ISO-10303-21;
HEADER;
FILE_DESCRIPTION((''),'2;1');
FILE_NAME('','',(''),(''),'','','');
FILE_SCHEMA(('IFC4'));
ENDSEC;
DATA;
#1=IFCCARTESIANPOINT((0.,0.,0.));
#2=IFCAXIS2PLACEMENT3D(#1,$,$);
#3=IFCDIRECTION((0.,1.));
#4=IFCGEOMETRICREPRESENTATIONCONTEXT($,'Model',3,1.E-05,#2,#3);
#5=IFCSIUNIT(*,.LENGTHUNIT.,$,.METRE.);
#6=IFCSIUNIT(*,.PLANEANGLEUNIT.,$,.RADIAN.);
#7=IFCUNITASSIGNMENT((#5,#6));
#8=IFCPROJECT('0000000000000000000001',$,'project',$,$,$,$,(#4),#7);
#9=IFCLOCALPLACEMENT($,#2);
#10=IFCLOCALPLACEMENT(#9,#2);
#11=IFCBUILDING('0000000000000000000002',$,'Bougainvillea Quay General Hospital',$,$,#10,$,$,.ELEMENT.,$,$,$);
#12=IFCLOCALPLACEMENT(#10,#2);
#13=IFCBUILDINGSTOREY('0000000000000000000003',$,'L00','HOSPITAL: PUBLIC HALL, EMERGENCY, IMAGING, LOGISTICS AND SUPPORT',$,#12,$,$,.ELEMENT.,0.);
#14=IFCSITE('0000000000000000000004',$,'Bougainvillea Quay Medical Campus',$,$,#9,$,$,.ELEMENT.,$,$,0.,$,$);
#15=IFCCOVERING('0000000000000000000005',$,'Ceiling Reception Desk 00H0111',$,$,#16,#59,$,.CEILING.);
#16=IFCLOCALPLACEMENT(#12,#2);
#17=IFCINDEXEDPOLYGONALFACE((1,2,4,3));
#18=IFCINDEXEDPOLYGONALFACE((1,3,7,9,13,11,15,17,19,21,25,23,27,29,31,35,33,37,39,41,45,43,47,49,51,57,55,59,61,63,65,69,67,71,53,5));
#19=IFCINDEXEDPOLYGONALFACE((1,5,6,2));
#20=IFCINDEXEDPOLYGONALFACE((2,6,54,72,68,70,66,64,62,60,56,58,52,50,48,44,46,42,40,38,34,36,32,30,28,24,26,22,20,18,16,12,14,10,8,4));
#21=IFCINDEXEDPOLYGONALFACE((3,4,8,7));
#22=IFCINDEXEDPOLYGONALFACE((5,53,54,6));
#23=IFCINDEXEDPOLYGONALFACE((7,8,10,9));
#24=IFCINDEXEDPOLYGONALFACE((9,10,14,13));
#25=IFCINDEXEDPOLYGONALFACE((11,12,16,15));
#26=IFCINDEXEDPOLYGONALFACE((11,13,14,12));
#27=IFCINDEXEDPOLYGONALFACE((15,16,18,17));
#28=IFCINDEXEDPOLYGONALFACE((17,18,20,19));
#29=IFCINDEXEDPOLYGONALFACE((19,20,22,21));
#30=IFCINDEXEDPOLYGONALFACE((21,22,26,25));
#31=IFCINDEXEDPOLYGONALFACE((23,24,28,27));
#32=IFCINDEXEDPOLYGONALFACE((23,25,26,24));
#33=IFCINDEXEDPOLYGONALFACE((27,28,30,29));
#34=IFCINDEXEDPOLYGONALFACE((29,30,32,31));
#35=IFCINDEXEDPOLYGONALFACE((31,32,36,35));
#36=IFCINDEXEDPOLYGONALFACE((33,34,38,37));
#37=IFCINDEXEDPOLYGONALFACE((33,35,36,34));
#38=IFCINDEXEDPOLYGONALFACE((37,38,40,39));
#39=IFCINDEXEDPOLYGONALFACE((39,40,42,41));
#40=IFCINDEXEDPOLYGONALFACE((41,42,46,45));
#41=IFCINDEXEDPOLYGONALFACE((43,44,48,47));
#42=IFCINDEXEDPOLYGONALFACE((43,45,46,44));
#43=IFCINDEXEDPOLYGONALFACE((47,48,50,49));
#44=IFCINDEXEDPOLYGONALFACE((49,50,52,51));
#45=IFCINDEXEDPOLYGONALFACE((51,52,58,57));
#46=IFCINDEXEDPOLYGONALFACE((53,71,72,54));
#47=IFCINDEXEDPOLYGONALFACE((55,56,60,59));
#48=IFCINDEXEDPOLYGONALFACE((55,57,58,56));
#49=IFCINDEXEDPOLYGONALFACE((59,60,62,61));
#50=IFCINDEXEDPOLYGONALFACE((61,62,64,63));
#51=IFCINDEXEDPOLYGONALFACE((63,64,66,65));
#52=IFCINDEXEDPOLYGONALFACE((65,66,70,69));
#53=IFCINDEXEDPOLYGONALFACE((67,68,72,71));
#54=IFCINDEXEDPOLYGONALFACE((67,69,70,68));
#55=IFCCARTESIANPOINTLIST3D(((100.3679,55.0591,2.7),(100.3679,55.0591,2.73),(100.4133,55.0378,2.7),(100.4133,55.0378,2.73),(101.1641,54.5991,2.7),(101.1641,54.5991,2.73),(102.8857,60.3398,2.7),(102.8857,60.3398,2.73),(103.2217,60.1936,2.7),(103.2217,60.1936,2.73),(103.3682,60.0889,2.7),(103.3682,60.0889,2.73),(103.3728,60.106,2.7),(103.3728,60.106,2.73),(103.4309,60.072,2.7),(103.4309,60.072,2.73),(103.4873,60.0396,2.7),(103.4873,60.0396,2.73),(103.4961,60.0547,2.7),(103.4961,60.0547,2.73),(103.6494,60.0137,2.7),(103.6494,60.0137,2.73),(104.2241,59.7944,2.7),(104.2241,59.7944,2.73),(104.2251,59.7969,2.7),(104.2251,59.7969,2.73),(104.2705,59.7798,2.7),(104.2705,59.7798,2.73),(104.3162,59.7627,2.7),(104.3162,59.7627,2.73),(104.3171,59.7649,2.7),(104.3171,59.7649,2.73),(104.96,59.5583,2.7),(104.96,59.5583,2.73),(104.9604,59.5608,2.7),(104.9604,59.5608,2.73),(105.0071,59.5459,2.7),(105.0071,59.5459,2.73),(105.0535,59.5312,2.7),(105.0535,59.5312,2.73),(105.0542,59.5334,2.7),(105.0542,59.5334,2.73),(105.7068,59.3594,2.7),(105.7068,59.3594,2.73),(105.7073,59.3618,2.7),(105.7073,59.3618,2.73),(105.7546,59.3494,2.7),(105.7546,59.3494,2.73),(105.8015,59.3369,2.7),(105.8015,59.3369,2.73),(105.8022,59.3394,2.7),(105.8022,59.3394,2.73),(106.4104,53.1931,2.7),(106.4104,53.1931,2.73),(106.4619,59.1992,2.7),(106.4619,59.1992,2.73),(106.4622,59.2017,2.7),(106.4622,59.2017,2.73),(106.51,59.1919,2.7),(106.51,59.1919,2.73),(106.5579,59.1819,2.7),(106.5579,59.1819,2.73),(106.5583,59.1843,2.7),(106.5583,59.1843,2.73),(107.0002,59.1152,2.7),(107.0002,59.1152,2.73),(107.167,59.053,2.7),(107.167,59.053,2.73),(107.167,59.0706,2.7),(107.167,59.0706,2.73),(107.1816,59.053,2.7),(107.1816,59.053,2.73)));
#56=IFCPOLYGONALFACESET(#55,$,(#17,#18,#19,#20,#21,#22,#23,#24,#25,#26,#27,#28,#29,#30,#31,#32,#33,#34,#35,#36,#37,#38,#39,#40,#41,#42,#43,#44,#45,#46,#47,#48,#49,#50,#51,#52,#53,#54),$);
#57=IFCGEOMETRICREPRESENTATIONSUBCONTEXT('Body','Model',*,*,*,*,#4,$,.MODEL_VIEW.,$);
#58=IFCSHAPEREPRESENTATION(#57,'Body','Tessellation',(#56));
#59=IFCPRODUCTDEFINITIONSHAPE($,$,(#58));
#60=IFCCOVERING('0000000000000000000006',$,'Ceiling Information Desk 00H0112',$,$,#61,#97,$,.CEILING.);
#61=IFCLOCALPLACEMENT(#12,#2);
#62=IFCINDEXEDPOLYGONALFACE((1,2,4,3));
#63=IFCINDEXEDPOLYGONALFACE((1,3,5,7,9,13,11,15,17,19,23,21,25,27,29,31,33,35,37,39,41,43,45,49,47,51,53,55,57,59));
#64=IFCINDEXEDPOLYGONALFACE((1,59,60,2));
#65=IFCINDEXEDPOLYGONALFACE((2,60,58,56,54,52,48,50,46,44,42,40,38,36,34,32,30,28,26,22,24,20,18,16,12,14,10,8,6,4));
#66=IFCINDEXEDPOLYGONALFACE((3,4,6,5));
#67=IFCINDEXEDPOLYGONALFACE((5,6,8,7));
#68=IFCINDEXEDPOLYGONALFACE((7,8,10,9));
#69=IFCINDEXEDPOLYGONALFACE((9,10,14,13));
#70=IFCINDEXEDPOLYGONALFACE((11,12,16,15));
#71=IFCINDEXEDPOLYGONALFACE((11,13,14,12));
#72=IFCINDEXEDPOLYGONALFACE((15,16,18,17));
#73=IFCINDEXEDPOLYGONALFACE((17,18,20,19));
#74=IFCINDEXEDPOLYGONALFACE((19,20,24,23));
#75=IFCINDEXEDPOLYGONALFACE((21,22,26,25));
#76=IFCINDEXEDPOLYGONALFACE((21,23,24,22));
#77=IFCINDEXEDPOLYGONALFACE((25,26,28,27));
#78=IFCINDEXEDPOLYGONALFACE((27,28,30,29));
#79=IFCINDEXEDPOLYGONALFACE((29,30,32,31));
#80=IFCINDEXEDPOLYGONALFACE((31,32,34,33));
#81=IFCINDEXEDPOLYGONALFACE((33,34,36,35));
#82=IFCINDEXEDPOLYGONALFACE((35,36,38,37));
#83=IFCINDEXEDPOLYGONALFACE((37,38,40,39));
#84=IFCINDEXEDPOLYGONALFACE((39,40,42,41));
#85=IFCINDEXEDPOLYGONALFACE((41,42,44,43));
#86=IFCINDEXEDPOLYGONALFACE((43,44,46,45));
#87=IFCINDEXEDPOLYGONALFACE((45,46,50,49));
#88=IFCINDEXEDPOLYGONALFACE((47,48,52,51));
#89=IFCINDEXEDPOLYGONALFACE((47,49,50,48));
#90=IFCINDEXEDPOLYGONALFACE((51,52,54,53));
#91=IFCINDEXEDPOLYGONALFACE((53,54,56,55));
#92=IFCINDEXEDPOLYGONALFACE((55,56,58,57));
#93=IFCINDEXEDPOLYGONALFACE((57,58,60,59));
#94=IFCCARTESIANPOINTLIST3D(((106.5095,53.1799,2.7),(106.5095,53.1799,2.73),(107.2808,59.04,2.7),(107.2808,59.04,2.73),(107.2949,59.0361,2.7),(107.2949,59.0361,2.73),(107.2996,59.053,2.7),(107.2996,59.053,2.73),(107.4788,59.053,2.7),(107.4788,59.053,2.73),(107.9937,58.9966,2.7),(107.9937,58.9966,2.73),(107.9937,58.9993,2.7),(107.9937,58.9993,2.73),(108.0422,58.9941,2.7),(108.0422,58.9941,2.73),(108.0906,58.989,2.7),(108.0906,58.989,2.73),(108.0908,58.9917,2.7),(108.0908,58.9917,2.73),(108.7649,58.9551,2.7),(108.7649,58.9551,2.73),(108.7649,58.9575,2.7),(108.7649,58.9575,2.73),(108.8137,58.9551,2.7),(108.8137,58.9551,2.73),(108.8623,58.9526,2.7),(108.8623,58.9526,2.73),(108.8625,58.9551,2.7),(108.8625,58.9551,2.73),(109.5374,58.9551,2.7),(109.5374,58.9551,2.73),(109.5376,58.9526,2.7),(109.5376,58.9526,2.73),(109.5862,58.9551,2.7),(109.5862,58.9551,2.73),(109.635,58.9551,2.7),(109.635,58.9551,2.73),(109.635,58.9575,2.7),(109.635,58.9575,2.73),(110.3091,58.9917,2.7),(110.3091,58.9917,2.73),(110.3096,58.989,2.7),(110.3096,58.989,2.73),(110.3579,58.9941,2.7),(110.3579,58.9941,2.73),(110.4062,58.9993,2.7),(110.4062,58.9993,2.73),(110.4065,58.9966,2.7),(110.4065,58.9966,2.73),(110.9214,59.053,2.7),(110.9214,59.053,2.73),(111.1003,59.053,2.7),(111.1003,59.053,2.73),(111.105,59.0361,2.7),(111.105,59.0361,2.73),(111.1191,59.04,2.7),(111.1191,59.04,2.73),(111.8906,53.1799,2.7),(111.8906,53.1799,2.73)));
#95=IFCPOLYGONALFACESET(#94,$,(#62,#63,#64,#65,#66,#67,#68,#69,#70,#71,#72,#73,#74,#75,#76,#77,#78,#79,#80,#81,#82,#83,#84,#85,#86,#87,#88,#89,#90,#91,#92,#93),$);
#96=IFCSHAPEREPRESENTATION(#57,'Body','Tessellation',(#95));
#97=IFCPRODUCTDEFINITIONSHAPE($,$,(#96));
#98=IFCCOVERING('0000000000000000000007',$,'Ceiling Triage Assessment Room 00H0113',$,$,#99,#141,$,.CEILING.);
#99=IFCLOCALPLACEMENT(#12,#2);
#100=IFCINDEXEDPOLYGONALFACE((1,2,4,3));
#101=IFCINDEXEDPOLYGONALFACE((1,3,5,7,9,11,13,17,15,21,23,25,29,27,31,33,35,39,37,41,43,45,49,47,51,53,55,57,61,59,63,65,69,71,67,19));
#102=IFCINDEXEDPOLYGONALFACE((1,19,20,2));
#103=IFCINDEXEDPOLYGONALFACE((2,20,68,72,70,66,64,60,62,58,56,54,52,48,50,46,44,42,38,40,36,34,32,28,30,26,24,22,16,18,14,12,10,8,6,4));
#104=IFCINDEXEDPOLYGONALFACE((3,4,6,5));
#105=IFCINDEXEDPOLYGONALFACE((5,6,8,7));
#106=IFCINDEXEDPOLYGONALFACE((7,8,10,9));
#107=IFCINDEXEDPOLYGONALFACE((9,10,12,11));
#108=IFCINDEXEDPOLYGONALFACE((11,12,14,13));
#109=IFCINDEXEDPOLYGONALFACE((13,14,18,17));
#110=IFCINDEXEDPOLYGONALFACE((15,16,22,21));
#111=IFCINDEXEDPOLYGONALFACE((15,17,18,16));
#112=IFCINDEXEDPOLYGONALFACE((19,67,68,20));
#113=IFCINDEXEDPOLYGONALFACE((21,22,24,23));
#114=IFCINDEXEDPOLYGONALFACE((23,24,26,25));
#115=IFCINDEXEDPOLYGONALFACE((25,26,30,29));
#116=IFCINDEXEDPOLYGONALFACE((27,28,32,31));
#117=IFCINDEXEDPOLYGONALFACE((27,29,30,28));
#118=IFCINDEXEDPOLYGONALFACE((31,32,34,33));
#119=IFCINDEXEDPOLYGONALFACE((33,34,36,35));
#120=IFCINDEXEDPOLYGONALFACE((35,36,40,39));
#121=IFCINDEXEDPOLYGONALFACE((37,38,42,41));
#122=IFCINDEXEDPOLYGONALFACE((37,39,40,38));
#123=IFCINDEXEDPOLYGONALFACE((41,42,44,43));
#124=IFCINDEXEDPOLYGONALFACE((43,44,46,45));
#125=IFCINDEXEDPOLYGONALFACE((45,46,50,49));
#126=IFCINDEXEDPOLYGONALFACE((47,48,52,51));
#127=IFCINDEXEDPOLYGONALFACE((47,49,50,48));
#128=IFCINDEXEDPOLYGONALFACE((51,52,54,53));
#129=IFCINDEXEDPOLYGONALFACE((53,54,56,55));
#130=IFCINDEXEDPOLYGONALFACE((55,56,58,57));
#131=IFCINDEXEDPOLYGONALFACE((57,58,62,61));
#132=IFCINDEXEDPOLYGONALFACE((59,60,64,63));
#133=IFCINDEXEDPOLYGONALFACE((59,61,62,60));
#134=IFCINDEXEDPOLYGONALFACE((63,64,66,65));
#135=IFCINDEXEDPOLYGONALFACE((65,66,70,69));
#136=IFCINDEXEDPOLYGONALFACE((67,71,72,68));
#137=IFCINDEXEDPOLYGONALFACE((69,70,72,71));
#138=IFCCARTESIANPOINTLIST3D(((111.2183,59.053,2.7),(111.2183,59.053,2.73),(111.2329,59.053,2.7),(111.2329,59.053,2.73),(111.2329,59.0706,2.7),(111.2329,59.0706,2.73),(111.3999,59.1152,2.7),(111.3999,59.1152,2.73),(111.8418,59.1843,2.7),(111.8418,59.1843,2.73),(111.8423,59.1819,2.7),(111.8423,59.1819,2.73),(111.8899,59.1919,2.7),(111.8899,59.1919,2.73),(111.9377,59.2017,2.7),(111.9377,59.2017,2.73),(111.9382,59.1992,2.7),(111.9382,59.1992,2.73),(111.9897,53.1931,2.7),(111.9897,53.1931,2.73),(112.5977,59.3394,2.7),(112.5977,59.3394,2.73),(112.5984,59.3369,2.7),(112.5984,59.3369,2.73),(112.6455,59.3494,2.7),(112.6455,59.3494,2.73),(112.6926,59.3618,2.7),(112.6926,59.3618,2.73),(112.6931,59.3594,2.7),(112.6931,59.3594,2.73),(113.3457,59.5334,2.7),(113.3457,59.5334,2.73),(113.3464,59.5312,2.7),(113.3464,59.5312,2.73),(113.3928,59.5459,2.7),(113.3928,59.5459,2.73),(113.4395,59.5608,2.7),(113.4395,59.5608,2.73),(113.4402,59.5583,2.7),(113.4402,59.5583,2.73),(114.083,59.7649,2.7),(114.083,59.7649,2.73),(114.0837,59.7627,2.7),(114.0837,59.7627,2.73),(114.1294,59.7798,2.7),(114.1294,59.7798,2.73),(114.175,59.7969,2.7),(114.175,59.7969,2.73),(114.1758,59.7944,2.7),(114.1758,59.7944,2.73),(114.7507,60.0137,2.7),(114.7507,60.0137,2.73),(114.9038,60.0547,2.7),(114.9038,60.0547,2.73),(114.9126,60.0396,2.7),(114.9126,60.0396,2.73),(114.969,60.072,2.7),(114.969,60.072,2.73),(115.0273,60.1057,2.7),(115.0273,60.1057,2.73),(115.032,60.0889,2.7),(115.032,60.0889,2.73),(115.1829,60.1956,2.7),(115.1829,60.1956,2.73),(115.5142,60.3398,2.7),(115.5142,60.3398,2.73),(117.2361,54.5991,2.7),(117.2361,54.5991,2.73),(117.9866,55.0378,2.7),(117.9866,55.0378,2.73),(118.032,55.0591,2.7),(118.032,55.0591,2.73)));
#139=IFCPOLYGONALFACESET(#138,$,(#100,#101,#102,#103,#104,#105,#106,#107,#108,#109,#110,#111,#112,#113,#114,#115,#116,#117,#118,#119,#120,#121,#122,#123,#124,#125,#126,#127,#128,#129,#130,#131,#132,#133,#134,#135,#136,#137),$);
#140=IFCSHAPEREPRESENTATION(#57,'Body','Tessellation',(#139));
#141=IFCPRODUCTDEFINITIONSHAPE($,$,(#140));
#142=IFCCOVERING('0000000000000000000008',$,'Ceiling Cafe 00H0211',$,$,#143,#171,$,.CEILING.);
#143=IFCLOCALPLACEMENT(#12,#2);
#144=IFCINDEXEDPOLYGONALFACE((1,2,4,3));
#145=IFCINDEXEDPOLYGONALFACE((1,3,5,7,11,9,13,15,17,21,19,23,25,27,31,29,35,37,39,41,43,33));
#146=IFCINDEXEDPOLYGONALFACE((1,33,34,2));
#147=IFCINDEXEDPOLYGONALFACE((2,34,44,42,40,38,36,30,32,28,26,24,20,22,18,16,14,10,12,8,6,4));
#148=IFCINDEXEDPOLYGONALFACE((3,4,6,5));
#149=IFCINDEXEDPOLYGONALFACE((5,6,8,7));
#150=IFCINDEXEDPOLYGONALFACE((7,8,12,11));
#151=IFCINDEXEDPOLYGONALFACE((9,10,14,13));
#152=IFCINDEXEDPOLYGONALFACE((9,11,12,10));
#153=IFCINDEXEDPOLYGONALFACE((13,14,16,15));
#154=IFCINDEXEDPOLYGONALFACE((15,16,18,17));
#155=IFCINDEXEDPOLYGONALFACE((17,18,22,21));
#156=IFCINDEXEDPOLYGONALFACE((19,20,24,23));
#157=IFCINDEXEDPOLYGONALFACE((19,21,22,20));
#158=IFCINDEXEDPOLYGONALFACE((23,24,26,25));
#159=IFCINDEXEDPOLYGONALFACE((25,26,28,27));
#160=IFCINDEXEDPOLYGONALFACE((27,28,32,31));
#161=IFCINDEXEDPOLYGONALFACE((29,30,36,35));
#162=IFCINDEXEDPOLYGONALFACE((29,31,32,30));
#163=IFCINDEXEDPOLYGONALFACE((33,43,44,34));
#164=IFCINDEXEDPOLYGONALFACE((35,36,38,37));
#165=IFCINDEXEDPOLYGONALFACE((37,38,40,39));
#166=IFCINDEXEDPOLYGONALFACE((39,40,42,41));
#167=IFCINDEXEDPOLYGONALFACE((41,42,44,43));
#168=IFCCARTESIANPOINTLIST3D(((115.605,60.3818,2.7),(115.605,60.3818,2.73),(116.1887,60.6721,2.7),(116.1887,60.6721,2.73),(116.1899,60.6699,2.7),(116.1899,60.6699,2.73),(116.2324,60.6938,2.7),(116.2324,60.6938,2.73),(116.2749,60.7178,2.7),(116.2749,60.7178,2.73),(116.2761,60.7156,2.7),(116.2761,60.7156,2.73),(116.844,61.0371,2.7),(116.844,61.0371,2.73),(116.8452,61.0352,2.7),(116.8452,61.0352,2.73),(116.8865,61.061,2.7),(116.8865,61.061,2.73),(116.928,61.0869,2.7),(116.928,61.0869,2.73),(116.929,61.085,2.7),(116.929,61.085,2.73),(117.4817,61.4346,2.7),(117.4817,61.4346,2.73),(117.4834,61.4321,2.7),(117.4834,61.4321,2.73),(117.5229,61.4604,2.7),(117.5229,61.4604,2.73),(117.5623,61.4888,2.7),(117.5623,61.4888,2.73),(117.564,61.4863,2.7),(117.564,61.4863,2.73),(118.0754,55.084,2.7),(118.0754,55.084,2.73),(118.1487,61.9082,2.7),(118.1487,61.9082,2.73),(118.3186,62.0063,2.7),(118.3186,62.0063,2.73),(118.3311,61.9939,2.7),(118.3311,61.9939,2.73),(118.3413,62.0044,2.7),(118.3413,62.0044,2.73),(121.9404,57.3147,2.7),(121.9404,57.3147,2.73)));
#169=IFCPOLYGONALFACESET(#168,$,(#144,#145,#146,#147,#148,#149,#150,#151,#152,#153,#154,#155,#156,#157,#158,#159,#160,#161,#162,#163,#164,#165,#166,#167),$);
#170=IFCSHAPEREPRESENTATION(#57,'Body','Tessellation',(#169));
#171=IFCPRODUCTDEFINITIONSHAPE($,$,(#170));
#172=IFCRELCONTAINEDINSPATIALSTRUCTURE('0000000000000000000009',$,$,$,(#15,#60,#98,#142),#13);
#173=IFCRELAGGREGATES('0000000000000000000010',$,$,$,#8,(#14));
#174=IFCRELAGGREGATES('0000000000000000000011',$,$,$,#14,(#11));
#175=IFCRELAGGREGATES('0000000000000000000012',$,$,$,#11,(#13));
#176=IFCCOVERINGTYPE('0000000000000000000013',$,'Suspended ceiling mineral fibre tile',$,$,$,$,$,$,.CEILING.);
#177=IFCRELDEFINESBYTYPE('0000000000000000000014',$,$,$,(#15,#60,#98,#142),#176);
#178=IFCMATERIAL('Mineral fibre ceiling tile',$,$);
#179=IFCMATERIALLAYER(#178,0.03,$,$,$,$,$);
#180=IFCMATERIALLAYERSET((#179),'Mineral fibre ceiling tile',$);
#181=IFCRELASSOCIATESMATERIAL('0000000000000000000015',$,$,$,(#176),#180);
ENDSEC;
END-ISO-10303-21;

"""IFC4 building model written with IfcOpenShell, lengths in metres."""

from ifc_helpers import new_model, si_unit, direction, frame, origin, place, context, subcontext, project, spatial, polyline, outline, extrude, material, layer, layer_set, type_object, element, save


model = new_model("IFC4")

# Units and contexts
model_context = context("Model", 3, precision=1e-05, world=origin(), true_north=direction((0.0, 1.0)))
body_context = subcontext(model_context, "Body", "Model", "MODEL_VIEW")
ifc_project = project(units=[si_unit("LENGTHUNIT", "METRE"), si_unit("PLANEANGLEUNIT", "RADIAN")], contexts=[model_context])

# Site, building, storey
site_placement = place(None, origin())
site = spatial("IfcSite", under=ifc_project, at=site_placement, Name="Bougainvillea Quay Medical Campus", CompositionType="ELEMENT", RefElevation=0.0)
building_placement = place(site_placement, origin())
building = spatial("IfcBuilding", under=site, at=building_placement, Name="Bougainvillea Quay General Hospital", CompositionType="ELEMENT")
storey_placement = place(building_placement, origin())
storey = spatial("IfcBuildingStorey", under=building, at=storey_placement, Name="L00", Description="HOSPITAL: PUBLIC HALL, EMERGENCY, IMAGING, LOGISTICS AND SUPPORT", CompositionType="ELEMENT", Elevation=0.0)

# Coverings
ifc_material = material(Name="Mineral fibre ceiling tile")
ifc_layer = layer(ifc_material, 0.03)
ifc_layer_set = layer_set([ifc_layer], Name="Mineral fibre ceiling tile")
covering_type = type_object("IfcCoveringType", Name="Suspended ceiling mineral fibre tile", PredefinedType="CEILING", material=ifc_layer_set)
covering_1_placement = place(storey_placement, frame((0.0, 0.0, 2.7)))
element("IfcCovering", 1, at=covering_1_placement, inside=storey, type_object=covering_type, Name="Ceiling Reception Desk 00H0111", PredefinedType="CEILING", context=body_context, shape_type="SweptSolid", body=[
    extrude(outline(polyline([(106.4104, 53.1931), (107.1816, 59.053), (107.167, 59.053), (107.167, 59.0706), (107.0002, 59.1152), (106.5583, 59.1843), (106.5579, 59.1819), (106.51, 59.1919), (106.4619, 59.1992), (106.4622, 59.2017), (105.8022, 59.3394), (105.8015, 59.3369), (105.7546, 59.3494), (105.7068, 59.3594), (105.7073, 59.3618), (105.0542, 59.5334), (105.0535, 59.5312), (105.0071, 59.5459), (104.96, 59.5583), (104.9604, 59.5608), (104.3171, 59.7649), (104.3162, 59.7627), (104.2705, 59.7798), (104.2241, 59.7944), (104.2251, 59.7969), (103.6494, 60.0137), (103.4961, 60.0547), (103.4873, 60.0396), (103.4309, 60.072), (103.3682, 60.0889), (103.3728, 60.106), (103.2217, 60.1936), (102.8857, 60.3398), (100.4133, 55.0378), (100.3679, 55.0591), (101.1641, 54.5991), (106.4104, 53.1931)])), origin(), (0.0, 0.0, 1.0), 0.03),
])
covering_2_placement = place(storey_placement, frame((0.0, 0.0, 2.7)))
element("IfcCovering", 2, at=covering_2_placement, inside=storey, type_object=covering_type, Name="Ceiling Information Desk 00H0112", PredefinedType="CEILING", context=body_context, shape_type="SweptSolid", body=[
    extrude(outline(polyline([(111.8906, 53.1799), (111.1191, 59.04), (111.105, 59.0361), (111.1003, 59.053), (110.9214, 59.053), (110.4062, 58.9993), (110.4065, 58.9966), (110.3579, 58.9941), (110.3096, 58.989), (110.3091, 58.9917), (109.635, 58.9575), (109.635, 58.9551), (109.5862, 58.9551), (109.5376, 58.9526), (109.5374, 58.9551), (108.8625, 58.9551), (108.8623, 58.9526), (108.8137, 58.9551), (108.7649, 58.9551), (108.7649, 58.9575), (108.0908, 58.9917), (108.0906, 58.989), (108.0422, 58.9941), (107.9937, 58.9966), (107.9937, 58.9993), (107.4788, 59.053), (107.2996, 59.053), (107.2949, 59.0361), (107.2808, 59.04), (106.5095, 53.1799), (111.8906, 53.1799)])), origin(), (0.0, 0.0, 1.0), 0.03),
])
covering_3_placement = place(storey_placement, frame((0.0, 0.0, 2.7)))
element("IfcCovering", 3, at=covering_3_placement, inside=storey, type_object=covering_type, Name="Ceiling Triage Assessment Room 00H0113", PredefinedType="CEILING", context=body_context, shape_type="SweptSolid", body=[
    extrude(outline(polyline([(117.2361, 54.5991), (118.032, 55.0591), (117.9866, 55.0378), (115.5142, 60.3398), (115.1829, 60.1956), (115.0273, 60.1057), (115.032, 60.0889), (114.969, 60.072), (114.9126, 60.0396), (114.9038, 60.0547), (114.7507, 60.0137), (114.175, 59.7969), (114.1758, 59.7944), (114.1294, 59.7798), (114.0837, 59.7627), (114.083, 59.7649), (113.4395, 59.5608), (113.4402, 59.5583), (113.3928, 59.5459), (113.3464, 59.5312), (113.3457, 59.5334), (112.6926, 59.3618), (112.6931, 59.3594), (112.6455, 59.3494), (112.5984, 59.3369), (112.5977, 59.3394), (111.9377, 59.2017), (111.9382, 59.1992), (111.8899, 59.1919), (111.8423, 59.1819), (111.8418, 59.1843), (111.3999, 59.1152), (111.2329, 59.0706), (111.2329, 59.053), (111.2183, 59.053), (111.9897, 53.1931), (117.2361, 54.5991)])), origin(), (0.0, 0.0, 1.0), 0.03),
])
covering_4_placement = place(storey_placement, frame((0.0, 0.0, 2.7)))
element("IfcCovering", 4, at=covering_4_placement, inside=storey, type_object=covering_type, Name="Ceiling Cafe 00H0211", PredefinedType="CEILING", context=body_context, shape_type="SweptSolid", body=[
    extrude(outline(polyline([(121.9404, 57.3147), (118.3413, 62.0044), (118.3311, 61.9939), (118.3186, 62.0063), (118.1487, 61.9082), (117.5623, 61.4888), (117.564, 61.4863), (117.5229, 61.4604), (117.4834, 61.4321), (117.4817, 61.4346), (116.928, 61.0869), (116.929, 61.085), (116.8865, 61.061), (116.8452, 61.0352), (116.844, 61.0371), (116.2749, 60.7178), (116.2761, 60.7156), (116.2324, 60.6938), (116.1899, 60.6699), (116.1887, 60.6721), (115.605, 60.3818), (118.0754, 55.084), (121.9404, 57.3147)])), origin(), (0.0, 0.0, 1.0), 0.03),
])

save(model, "model.ifc")
